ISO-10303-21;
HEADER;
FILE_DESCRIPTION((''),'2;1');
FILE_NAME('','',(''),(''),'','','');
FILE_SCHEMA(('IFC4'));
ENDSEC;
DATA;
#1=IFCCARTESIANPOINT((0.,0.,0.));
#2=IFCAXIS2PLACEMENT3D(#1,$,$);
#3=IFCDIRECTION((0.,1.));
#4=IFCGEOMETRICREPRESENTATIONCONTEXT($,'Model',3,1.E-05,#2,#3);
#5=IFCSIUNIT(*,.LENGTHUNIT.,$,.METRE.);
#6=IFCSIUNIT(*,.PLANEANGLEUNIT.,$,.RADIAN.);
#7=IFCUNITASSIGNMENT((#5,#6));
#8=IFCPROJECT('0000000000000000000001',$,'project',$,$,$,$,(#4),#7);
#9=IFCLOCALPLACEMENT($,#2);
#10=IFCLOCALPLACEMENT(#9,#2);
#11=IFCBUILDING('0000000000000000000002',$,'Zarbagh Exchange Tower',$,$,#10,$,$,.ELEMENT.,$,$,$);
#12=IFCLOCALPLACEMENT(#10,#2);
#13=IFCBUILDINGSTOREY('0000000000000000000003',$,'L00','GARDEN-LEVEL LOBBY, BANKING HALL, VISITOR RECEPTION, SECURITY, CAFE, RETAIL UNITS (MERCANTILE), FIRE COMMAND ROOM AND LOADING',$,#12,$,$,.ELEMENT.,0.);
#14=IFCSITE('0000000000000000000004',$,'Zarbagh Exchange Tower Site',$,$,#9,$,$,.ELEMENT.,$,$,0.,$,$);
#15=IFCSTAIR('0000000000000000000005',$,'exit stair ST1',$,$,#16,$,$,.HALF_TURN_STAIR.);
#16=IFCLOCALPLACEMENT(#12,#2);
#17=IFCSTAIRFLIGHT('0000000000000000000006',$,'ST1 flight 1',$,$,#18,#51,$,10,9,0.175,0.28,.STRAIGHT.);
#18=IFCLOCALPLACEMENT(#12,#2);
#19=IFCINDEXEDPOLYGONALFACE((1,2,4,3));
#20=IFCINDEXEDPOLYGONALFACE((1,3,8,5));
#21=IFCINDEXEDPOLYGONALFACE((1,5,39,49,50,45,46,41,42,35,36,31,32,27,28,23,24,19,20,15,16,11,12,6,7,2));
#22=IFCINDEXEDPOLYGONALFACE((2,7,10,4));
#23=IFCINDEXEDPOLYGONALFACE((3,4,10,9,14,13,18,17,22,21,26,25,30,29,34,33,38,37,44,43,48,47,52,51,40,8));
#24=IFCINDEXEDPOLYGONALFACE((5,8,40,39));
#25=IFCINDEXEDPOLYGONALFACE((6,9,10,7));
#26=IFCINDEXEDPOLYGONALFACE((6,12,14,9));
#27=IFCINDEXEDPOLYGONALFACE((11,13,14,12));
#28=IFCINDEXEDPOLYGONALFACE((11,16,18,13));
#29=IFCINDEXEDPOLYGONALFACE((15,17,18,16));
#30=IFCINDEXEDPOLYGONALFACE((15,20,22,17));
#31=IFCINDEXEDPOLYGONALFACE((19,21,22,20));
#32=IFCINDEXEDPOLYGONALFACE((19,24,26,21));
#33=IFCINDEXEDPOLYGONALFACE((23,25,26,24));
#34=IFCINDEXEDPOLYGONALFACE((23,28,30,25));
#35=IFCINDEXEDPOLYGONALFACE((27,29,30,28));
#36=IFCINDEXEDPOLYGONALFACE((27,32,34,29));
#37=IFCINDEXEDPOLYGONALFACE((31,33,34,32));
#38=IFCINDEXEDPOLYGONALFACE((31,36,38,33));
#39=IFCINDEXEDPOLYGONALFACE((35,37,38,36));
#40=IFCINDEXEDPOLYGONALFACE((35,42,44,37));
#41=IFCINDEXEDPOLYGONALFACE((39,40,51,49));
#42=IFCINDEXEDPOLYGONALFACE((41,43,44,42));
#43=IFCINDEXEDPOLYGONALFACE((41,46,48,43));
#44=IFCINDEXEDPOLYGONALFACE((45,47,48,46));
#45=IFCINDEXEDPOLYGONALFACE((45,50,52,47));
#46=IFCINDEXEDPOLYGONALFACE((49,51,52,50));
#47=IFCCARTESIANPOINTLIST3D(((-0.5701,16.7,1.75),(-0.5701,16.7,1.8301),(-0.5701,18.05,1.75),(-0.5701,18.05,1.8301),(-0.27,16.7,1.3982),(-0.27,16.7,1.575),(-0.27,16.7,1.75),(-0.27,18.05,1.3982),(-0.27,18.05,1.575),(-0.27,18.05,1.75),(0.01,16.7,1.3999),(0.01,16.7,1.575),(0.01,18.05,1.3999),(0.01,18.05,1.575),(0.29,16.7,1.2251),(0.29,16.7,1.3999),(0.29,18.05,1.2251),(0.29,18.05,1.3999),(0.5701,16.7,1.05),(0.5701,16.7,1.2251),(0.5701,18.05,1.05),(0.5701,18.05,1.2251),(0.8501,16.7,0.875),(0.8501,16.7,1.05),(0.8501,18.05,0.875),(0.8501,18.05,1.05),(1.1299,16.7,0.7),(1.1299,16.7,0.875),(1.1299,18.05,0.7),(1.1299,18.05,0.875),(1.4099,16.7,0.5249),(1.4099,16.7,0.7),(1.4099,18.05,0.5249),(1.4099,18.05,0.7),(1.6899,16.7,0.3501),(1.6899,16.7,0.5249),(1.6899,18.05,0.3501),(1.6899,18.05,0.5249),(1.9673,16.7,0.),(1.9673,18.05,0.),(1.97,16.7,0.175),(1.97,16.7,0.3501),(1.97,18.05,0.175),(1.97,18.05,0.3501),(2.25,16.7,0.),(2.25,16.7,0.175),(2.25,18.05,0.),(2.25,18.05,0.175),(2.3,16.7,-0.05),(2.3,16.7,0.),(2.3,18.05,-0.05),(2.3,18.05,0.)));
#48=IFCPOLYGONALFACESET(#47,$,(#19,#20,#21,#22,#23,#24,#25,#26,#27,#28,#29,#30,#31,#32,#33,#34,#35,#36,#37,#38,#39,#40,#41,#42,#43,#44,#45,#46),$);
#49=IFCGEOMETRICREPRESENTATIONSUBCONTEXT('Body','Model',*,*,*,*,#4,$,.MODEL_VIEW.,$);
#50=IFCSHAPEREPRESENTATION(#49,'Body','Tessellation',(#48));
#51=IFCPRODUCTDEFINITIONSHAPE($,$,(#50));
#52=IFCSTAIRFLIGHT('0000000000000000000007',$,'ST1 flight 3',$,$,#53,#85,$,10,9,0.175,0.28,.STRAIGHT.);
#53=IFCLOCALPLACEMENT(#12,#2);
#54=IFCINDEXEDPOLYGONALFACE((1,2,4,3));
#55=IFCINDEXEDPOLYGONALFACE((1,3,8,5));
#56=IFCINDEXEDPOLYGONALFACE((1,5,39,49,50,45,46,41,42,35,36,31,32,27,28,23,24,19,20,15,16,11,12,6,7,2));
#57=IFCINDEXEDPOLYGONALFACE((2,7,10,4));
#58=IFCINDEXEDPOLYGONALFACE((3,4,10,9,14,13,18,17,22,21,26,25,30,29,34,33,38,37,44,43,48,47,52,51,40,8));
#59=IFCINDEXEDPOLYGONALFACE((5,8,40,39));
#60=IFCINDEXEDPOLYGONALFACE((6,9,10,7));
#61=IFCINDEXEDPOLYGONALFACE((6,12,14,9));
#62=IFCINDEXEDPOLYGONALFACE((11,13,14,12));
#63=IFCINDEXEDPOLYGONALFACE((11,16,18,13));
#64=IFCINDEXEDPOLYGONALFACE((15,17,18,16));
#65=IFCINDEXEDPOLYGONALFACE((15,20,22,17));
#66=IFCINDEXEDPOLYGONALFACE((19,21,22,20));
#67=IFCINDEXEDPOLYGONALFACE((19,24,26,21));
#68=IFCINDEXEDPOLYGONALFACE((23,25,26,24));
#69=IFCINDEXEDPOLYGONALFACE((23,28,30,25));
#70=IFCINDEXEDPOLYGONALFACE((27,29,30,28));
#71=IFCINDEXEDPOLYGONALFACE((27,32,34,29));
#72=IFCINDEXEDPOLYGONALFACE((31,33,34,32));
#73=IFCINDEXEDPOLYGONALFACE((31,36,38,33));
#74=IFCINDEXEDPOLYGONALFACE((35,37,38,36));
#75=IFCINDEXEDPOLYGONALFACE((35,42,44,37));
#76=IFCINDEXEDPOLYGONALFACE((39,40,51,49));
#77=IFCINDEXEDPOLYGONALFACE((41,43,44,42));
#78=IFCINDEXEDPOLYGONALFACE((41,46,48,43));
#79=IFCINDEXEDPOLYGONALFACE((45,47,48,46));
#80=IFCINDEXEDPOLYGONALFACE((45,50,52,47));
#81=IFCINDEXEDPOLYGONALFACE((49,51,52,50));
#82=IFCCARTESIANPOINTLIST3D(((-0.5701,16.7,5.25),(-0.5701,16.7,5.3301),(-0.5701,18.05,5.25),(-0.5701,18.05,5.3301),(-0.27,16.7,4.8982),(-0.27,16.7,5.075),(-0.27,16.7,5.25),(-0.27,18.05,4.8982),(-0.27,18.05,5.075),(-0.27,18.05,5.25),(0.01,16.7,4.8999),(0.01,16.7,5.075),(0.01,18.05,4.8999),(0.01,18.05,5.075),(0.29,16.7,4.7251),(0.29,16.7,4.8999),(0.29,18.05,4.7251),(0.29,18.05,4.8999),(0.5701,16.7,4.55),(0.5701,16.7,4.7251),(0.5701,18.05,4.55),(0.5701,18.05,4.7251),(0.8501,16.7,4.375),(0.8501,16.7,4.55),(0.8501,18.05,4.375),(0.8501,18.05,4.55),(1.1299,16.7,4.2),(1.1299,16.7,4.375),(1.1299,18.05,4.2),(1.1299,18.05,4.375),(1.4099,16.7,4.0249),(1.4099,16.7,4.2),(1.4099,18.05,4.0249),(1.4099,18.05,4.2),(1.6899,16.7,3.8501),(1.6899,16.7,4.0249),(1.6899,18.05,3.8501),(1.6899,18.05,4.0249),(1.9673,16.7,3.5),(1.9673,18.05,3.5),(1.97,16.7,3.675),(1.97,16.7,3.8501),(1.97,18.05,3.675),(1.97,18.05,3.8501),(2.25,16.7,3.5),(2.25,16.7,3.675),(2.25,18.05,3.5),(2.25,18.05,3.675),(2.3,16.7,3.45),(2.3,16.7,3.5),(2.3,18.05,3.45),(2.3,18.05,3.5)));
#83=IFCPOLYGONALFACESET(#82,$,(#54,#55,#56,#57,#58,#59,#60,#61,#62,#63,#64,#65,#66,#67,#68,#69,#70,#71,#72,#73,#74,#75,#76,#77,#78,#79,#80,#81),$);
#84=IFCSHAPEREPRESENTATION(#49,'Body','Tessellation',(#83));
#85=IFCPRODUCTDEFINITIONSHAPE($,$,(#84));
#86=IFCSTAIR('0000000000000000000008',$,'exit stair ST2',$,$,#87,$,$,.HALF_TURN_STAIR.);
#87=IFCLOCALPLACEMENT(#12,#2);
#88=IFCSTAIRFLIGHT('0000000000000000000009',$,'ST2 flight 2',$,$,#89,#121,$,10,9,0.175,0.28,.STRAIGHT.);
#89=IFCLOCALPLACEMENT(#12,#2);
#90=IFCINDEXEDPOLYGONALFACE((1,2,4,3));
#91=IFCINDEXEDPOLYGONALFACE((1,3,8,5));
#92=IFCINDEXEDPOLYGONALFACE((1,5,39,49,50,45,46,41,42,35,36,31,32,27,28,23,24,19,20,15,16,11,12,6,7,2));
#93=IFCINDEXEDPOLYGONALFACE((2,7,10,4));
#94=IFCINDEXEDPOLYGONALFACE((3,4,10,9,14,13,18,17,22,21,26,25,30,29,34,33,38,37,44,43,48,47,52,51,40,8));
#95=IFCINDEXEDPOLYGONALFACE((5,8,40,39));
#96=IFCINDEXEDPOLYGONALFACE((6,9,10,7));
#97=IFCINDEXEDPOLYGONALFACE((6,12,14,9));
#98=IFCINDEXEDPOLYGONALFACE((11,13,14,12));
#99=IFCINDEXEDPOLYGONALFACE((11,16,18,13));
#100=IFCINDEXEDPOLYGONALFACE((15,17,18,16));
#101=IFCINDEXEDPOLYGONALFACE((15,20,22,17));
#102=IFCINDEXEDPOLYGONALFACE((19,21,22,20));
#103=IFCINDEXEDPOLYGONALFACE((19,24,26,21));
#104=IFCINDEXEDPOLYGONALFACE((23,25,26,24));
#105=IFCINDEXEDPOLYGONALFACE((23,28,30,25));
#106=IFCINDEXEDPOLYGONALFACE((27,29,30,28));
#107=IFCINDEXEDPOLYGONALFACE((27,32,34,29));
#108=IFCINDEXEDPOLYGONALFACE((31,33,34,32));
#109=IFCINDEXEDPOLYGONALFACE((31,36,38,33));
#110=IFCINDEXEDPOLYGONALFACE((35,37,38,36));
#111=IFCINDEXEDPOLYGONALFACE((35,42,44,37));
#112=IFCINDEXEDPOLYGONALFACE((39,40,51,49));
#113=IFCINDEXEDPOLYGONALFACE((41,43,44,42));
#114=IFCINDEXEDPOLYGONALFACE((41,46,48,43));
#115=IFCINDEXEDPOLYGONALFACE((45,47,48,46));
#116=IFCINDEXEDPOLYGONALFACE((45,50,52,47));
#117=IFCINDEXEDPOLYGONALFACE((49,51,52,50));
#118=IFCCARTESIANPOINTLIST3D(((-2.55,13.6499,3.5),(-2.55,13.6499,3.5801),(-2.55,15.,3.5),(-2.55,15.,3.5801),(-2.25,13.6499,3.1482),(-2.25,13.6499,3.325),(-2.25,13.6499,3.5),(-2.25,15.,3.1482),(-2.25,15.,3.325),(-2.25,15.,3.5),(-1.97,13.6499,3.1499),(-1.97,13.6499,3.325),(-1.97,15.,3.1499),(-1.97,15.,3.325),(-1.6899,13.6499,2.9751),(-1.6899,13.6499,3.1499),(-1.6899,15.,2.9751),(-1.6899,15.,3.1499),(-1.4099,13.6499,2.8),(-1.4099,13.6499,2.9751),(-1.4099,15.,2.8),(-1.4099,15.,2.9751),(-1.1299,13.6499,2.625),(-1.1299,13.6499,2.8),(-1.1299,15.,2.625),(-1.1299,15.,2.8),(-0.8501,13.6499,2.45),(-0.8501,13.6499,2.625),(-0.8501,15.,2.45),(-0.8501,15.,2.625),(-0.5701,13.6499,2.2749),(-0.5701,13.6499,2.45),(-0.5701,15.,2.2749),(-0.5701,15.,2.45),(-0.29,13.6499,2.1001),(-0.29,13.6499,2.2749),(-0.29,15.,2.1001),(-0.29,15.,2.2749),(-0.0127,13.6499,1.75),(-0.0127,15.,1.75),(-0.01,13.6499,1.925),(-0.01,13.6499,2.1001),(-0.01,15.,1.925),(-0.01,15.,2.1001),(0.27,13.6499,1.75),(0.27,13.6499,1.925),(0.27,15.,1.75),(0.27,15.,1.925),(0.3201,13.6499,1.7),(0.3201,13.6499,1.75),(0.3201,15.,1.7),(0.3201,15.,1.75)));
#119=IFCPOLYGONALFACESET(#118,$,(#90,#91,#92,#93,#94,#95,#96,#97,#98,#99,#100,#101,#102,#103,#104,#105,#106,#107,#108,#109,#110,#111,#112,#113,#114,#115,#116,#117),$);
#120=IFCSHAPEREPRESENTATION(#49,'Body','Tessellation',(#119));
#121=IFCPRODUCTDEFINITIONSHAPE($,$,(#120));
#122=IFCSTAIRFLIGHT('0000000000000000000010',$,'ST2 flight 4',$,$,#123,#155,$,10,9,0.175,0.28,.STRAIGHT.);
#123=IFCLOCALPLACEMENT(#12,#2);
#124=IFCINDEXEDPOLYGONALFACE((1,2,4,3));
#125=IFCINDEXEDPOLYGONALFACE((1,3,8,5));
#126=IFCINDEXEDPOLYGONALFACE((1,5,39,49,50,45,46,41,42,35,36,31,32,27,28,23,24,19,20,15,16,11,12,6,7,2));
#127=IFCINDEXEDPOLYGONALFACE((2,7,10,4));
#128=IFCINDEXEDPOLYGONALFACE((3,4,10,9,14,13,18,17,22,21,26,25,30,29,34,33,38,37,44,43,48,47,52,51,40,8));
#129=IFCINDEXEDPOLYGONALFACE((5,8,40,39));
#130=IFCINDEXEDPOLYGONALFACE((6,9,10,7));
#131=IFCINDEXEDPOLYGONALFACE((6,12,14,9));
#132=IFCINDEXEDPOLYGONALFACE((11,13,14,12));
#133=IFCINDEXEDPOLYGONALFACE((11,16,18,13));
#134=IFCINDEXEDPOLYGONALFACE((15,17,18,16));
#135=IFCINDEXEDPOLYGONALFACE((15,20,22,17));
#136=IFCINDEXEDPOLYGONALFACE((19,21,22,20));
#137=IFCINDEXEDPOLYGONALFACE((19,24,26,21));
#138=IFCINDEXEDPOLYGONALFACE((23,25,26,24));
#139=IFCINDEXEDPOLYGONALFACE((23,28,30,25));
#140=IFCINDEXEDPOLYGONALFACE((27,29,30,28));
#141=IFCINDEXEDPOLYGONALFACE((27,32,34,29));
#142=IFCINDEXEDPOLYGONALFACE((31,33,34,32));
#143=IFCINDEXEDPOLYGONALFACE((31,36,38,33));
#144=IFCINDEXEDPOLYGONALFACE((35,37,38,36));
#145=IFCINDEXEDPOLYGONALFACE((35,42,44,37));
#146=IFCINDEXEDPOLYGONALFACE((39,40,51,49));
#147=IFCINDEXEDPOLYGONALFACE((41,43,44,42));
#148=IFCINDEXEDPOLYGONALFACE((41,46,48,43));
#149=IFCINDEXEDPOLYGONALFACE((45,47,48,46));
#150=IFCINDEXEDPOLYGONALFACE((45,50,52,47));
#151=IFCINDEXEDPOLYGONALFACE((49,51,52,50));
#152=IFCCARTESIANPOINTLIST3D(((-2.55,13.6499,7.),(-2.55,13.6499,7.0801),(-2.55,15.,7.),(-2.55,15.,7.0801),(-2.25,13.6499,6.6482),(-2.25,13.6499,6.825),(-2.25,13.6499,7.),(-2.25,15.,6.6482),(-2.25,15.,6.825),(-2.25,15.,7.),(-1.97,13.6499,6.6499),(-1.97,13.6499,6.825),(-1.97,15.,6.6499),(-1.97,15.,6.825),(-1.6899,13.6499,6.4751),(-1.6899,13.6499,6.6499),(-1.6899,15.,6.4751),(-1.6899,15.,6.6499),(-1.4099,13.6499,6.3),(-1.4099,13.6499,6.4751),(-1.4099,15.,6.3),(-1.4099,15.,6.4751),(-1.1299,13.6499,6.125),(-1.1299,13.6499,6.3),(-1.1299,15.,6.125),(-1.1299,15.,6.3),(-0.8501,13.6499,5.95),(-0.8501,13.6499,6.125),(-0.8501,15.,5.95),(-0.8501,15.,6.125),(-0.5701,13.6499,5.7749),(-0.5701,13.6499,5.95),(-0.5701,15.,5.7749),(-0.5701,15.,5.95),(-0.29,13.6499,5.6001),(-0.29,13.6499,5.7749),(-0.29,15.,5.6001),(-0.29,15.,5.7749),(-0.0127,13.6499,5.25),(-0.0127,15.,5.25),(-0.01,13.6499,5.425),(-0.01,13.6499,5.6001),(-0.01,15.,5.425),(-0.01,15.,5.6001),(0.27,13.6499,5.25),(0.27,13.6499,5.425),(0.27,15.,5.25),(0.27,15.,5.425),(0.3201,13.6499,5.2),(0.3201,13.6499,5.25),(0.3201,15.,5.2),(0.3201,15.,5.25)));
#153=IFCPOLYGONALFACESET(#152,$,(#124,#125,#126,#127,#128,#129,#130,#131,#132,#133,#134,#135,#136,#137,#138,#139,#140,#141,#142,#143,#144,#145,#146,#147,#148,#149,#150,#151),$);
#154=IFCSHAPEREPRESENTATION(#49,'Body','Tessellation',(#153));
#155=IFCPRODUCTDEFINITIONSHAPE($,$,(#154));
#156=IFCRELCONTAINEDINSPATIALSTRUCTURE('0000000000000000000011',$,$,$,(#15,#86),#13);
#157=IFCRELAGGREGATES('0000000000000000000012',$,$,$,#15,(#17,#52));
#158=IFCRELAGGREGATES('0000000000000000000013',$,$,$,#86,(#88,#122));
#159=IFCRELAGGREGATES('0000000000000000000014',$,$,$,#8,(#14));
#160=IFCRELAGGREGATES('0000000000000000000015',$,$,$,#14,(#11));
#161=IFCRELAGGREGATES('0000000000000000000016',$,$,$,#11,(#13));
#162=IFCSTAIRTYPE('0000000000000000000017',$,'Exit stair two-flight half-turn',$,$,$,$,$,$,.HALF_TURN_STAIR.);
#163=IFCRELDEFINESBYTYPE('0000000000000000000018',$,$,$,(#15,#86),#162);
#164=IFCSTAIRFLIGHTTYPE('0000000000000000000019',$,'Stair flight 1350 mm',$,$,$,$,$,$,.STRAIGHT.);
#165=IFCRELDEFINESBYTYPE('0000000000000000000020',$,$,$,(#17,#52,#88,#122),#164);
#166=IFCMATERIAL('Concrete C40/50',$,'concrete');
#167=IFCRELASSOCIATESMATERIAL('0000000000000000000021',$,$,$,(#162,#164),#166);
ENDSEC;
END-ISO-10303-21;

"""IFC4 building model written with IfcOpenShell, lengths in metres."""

from ifc_helpers import new_model, si_unit, direction, frame, origin, place, context, subcontext, project, spatial, polyline, outline, extrude, material, type_object, element, aggregate, save


model = new_model("IFC4")

# Units and contexts
model_context = context("Model", 3, precision=1e-05, world=origin(), true_north=direction((0.0, 1.0)))
body_context = subcontext(model_context, "Body", "Model", "MODEL_VIEW")
ifc_project = project(units=[si_unit("LENGTHUNIT", "METRE"), si_unit("PLANEANGLEUNIT", "RADIAN")], contexts=[model_context])

# Site, building, storey
site_placement = place(None, origin())
site = spatial("IfcSite", under=ifc_project, at=site_placement, Name="Zarbagh Exchange Tower Site", CompositionType="ELEMENT", RefElevation=0.0)
building_placement = place(site_placement, origin())
building = spatial("IfcBuilding", under=site, at=building_placement, Name="Zarbagh Exchange Tower", CompositionType="ELEMENT")
storey_placement = place(building_placement, origin())
storey = spatial("IfcBuildingStorey", under=building, at=storey_placement, Name="L00", Description="GARDEN-LEVEL LOBBY, BANKING HALL, VISITOR RECEPTION, SECURITY, CAFE, RETAIL UNITS (MERCANTILE), FIRE COMMAND ROOM AND LOADING", CompositionType="ELEMENT", Elevation=0.0)

# Shared definitions
ifc_material_1 = material(Name="Concrete C40/50", Category="concrete")

# Stairs, stair flights
stair_type = type_object("IfcStairType", Name="Exit stair two-flight half-turn", PredefinedType="HALF_TURN_STAIR", material=ifc_material_1)
stair_1_placement = place(storey_placement, origin())
stair_1 = element("IfcStair", 1, at=stair_1_placement, inside=storey, type_object=stair_type, Name="exit stair ST1", PredefinedType="HALF_TURN_STAIR")
stair_flight_type = type_object("IfcStairFlightType", Name="Stair flight 1350 mm", PredefinedType="STRAIGHT", material=ifc_material_1)
stair_flight_1_placement = place(storey_placement, frame((2.25, 17.375, 0.0), z_axis=(0.0, 0.0, 1.0), x_axis=(-1.0, 0.0, 0.0)))
stair_flight_1 = element("IfcStairFlight", 2, at=stair_flight_1_placement, type_object=stair_flight_type, Name="ST1 flight 1", NumberOfRisers=10, NumberOfTreads=9, PredefinedType="STRAIGHT", RiserHeight=0.175, TreadLength=0.28, context=body_context, shape_type="SweptSolid", body=[
    extrude(outline(polyline([(-0.05, -0.05), (-0.05, 0.0), (0.0, 0.0), (0.0, 0.175), (0.28, 0.175), (0.28, 0.3501), (0.5601, 0.3501), (0.5601, 0.5249), (0.8401, 0.5249), (0.8401, 0.7), (1.1201, 0.7), (1.1201, 0.875), (1.3999, 0.875), (1.3999, 1.05), (1.6799, 1.05), (1.6799, 1.2251), (1.96, 1.2251), (1.96, 1.3999), (2.24, 1.3999), (2.24, 1.575), (2.52, 1.575), (2.52, 1.75), (2.8201, 1.8301), (2.8201, 1.75), (2.52, 1.3982), (0.2827, 0.0), (-0.05, -0.05)])), frame((0.0, 0.675, 0.0), z_axis=(0.0, -1.0, 0.0), x_axis=(1.0, 0.0, 0.0)), (0.0, 0.0, 1.0), 1.3501),
])
stair_flight_2_placement = place(storey_placement, frame((2.25, 17.375, 3.5), z_axis=(0.0, 0.0, 1.0), x_axis=(-1.0, 0.0, 0.0)))
stair_flight_2 = element("IfcStairFlight", 3, at=stair_flight_2_placement, type_object=stair_flight_type, Name="ST1 flight 3", NumberOfRisers=10, NumberOfTreads=9, PredefinedType="STRAIGHT", RiserHeight=0.175, TreadLength=0.28, context=body_context, shape_type="SweptSolid", body=[
    extrude(outline(polyline([(-0.05, -0.05), (-0.05, 0.0), (0.0, 0.0), (0.0, 0.175), (0.28, 0.175), (0.28, 0.3501), (0.5601, 0.3501), (0.5601, 0.5249), (0.8401, 0.5249), (0.8401, 0.7), (1.1201, 0.7), (1.1201, 0.875), (1.3999, 0.875), (1.3999, 1.05), (1.6799, 1.05), (1.6799, 1.2251), (1.96, 1.2251), (1.96, 1.3999), (2.24, 1.3999), (2.24, 1.575), (2.52, 1.575), (2.52, 1.75), (2.8201, 1.8301), (2.8201, 1.75), (2.52, 1.3982), (0.2827, 0.0), (-0.05, -0.05)])), frame((0.0, 0.675, 0.0), z_axis=(0.0, -1.0, 0.0), x_axis=(1.0, 0.0, 0.0)), (0.0, 0.0, 1.0), 1.3501),
])
aggregate(stair_1, [stair_flight_1, stair_flight_2])
stair_2_placement = place(storey_placement, origin())
stair_2 = element("IfcStair", 4, at=stair_2_placement, inside=storey, type_object=stair_type, Name="exit stair ST2", PredefinedType="HALF_TURN_STAIR")
stair_flight_3_placement = place(storey_placement, frame((0.27, 14.325, 1.75), z_axis=(0.0, 0.0, 1.0), x_axis=(-1.0, 0.0, 0.0)))
stair_flight_3 = element("IfcStairFlight", 5, at=stair_flight_3_placement, type_object=stair_flight_type, Name="ST2 flight 2", NumberOfRisers=10, NumberOfTreads=9, PredefinedType="STRAIGHT", RiserHeight=0.175, TreadLength=0.28, context=body_context, shape_type="SweptSolid", body=[
    extrude(outline(polyline([(-0.05, -0.05), (-0.05, 0.0), (0.0, 0.0), (0.0, 0.175), (0.28, 0.175), (0.28, 0.3501), (0.5601, 0.3501), (0.5601, 0.5249), (0.8401, 0.5249), (0.8401, 0.7), (1.1201, 0.7), (1.1201, 0.875), (1.3999, 0.875), (1.3999, 1.05), (1.6799, 1.05), (1.6799, 1.2251), (1.96, 1.2251), (1.96, 1.3999), (2.24, 1.3999), (2.24, 1.575), (2.52, 1.575), (2.52, 1.75), (2.8201, 1.8301), (2.8201, 1.75), (2.52, 1.3982), (0.2827, 0.0), (-0.05, -0.05)])), frame((0.0, 0.675, 0.0), z_axis=(0.0, -1.0, 0.0), x_axis=(1.0, 0.0, 0.0)), (0.0, 0.0, 1.0), 1.3501),
])
stair_flight_4_placement = place(storey_placement, frame((0.27, 14.325, 5.25), z_axis=(0.0, 0.0, 1.0), x_axis=(-1.0, 0.0, 0.0)))
stair_flight_4 = element("IfcStairFlight", 6, at=stair_flight_4_placement, type_object=stair_flight_type, Name="ST2 flight 4", NumberOfRisers=10, NumberOfTreads=9, PredefinedType="STRAIGHT", RiserHeight=0.175, TreadLength=0.28, context=body_context, shape_type="SweptSolid", body=[
    extrude(outline(polyline([(-0.05, -0.05), (-0.05, 0.0), (0.0, 0.0), (0.0, 0.175), (0.28, 0.175), (0.28, 0.3501), (0.5601, 0.3501), (0.5601, 0.5249), (0.8401, 0.5249), (0.8401, 0.7), (1.1201, 0.7), (1.1201, 0.875), (1.3999, 0.875), (1.3999, 1.05), (1.6799, 1.05), (1.6799, 1.2251), (1.96, 1.2251), (1.96, 1.3999), (2.24, 1.3999), (2.24, 1.575), (2.52, 1.575), (2.52, 1.75), (2.8201, 1.8301), (2.8201, 1.75), (2.52, 1.3982), (0.2827, 0.0), (-0.05, -0.05)])), frame((0.0, 0.675, 0.0), z_axis=(0.0, -1.0, 0.0), x_axis=(1.0, 0.0, 0.0)), (0.0, 0.0, 1.0), 1.3501),
])
aggregate(stair_2, [stair_flight_3, stair_flight_4])

save(model, "model.ifc")
